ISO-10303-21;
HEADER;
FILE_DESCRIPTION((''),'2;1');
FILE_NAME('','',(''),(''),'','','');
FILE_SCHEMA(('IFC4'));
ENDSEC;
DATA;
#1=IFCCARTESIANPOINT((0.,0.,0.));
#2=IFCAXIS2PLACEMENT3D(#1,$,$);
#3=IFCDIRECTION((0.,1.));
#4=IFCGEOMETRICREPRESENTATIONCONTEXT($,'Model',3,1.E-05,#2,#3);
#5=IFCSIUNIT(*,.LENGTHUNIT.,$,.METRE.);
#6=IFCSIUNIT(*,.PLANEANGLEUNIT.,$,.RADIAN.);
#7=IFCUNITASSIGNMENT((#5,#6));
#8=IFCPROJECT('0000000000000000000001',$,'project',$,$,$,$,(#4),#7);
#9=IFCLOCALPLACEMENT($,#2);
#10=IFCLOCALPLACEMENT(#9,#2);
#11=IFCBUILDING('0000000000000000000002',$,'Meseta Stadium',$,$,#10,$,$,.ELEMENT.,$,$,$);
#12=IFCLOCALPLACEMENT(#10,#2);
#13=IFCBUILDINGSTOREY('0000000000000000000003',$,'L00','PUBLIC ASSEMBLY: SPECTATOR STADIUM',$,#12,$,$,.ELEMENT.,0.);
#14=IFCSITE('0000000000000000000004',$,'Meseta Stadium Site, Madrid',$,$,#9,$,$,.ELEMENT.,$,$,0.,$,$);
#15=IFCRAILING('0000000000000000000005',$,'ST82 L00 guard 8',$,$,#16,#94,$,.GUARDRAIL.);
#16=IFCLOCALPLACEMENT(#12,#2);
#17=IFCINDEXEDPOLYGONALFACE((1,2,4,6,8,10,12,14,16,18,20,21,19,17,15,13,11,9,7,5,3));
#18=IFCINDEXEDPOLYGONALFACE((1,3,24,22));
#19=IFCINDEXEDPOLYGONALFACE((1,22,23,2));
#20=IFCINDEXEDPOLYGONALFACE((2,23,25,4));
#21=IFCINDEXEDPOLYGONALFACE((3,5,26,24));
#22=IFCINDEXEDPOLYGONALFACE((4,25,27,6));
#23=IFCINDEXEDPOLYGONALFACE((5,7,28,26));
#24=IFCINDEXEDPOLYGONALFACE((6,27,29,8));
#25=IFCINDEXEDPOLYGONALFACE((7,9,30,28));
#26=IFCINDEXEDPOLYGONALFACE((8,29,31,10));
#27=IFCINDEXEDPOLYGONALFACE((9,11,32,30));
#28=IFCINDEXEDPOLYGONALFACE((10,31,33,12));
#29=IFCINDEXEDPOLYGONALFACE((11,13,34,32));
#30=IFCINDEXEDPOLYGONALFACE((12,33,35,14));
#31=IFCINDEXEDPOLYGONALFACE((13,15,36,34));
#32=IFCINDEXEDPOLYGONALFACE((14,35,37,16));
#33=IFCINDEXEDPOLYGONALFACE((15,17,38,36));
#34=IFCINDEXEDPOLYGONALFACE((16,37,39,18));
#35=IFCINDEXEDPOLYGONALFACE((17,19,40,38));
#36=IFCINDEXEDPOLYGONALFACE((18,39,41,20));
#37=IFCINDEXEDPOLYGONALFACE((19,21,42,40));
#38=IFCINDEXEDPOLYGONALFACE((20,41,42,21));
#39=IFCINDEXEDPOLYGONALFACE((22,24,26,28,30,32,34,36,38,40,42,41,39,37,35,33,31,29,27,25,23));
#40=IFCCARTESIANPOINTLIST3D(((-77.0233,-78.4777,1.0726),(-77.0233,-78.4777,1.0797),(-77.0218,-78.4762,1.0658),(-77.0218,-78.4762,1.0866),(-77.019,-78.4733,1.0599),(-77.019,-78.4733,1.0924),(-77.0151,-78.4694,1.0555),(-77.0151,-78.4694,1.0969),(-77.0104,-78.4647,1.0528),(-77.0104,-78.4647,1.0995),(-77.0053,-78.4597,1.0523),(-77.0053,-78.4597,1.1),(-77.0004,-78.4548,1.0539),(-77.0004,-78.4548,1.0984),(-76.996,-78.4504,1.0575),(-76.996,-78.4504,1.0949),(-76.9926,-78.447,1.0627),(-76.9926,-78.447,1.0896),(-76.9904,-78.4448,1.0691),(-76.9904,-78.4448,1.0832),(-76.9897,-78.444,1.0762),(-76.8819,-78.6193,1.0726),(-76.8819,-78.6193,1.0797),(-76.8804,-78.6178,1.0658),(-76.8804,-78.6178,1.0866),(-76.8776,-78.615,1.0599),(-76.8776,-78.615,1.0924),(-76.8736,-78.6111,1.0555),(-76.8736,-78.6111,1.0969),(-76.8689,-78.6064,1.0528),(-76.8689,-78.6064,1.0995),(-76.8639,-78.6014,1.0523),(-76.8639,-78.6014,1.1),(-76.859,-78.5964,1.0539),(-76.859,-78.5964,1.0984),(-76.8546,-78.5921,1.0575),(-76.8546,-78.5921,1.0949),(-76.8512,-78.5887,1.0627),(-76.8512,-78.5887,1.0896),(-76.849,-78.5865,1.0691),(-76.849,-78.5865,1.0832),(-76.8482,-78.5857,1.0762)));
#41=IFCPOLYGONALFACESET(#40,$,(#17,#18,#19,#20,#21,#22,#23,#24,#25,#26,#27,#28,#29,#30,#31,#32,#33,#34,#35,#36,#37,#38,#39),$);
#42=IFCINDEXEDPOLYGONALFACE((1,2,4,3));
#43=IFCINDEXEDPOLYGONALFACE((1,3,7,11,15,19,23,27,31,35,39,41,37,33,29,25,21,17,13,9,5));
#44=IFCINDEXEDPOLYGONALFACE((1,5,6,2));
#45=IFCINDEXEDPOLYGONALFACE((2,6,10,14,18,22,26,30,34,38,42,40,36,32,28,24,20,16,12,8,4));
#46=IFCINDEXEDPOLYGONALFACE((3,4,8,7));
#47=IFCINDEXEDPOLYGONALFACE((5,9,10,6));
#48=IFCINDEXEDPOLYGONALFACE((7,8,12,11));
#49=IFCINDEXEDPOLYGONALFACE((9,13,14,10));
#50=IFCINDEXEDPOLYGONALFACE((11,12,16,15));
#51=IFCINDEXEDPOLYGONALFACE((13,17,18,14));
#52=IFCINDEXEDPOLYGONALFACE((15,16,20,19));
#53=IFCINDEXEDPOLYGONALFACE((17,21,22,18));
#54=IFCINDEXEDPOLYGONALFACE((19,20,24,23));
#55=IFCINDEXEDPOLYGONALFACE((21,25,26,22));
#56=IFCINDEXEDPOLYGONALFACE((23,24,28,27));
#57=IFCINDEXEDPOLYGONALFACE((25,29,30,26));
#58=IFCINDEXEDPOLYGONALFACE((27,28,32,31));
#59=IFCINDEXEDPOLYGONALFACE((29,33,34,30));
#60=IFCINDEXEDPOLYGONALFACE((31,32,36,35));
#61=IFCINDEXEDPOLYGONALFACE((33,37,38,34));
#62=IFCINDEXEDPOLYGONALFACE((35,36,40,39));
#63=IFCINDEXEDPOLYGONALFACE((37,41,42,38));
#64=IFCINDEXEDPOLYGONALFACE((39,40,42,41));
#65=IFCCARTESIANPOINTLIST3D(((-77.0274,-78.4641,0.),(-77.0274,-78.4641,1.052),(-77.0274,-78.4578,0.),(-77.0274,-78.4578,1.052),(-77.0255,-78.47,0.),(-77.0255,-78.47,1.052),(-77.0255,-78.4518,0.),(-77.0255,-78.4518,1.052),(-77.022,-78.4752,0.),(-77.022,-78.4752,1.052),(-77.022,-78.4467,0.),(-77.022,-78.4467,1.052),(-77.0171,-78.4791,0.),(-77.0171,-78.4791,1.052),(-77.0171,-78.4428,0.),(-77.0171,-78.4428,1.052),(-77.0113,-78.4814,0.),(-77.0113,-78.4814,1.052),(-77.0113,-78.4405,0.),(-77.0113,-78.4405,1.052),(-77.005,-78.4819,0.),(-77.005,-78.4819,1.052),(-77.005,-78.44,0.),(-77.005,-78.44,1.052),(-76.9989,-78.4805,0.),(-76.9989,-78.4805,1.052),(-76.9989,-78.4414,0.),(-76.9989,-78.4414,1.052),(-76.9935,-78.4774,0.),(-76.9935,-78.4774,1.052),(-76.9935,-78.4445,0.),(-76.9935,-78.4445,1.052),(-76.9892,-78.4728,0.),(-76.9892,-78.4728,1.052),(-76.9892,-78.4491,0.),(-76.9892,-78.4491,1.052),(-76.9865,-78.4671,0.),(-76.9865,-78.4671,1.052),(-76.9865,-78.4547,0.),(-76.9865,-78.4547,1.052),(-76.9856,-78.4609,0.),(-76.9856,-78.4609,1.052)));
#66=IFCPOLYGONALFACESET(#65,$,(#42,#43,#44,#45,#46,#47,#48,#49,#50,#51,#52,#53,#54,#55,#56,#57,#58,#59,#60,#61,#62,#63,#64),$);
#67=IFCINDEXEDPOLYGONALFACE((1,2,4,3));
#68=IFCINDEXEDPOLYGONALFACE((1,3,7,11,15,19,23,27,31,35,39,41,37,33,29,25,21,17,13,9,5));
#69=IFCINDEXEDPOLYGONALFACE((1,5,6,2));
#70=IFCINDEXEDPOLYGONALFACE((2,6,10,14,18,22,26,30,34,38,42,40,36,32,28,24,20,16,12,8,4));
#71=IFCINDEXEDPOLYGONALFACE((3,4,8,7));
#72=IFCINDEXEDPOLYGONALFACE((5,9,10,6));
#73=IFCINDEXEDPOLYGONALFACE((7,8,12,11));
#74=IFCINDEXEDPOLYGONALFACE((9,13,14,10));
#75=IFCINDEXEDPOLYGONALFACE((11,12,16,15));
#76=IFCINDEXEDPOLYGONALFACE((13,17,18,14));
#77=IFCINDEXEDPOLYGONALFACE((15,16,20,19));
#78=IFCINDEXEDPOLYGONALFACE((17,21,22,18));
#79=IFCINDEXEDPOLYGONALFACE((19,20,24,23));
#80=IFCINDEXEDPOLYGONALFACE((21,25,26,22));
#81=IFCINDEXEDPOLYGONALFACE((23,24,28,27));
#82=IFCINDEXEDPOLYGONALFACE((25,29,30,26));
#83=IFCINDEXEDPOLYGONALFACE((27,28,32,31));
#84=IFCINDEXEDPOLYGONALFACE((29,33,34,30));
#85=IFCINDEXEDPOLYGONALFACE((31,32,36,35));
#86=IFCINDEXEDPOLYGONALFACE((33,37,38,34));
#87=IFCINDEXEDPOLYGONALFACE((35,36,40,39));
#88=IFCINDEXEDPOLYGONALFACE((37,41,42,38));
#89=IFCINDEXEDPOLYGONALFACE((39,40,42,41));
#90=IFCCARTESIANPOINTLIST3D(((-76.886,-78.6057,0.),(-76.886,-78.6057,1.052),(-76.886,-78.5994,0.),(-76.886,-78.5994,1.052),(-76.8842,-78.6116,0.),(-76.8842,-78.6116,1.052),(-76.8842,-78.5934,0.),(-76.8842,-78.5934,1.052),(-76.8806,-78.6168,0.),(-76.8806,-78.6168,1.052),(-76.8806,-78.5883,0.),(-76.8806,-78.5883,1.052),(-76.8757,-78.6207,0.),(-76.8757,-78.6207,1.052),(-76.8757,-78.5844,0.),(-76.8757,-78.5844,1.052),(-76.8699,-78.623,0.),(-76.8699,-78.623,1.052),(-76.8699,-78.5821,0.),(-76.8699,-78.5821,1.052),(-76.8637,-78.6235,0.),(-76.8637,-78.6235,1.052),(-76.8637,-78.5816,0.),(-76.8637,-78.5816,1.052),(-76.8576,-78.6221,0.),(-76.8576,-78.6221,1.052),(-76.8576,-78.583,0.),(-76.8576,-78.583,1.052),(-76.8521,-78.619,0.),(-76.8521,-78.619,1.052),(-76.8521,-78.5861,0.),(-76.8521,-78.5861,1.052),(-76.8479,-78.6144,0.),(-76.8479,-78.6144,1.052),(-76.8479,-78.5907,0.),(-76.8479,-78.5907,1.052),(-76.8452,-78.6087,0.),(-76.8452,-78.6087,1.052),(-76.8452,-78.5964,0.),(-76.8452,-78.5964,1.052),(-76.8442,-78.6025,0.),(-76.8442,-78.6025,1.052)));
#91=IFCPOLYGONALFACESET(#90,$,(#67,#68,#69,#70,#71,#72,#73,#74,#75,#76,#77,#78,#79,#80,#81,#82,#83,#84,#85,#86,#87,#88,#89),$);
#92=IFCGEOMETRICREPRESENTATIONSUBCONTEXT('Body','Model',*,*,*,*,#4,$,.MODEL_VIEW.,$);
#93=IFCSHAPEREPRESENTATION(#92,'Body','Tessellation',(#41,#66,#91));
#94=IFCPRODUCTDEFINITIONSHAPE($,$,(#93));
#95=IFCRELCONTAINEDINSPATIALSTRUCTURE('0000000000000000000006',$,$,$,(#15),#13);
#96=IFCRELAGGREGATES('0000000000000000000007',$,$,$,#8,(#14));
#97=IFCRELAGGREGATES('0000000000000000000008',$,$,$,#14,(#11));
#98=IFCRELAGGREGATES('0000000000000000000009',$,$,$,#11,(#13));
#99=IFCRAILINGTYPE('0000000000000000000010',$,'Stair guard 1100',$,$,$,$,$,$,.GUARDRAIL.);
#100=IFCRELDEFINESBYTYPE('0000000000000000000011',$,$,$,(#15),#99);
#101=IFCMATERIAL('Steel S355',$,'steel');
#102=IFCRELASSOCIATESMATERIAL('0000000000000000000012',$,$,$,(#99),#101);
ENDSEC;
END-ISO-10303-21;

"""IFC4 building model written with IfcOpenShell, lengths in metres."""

from ifc_helpers import new_model, si_unit, direction, frame, origin, origin_2d, place, context, subcontext, project, spatial, circle, extrude, material, type_object, element, save


model = new_model("IFC4")

# Units and contexts
model_context = context("Model", 3, precision=1e-05, world=origin(), true_north=direction((0.0, 1.0)))
body_context = subcontext(model_context, "Body", "Model", "MODEL_VIEW")
ifc_project = project(units=[si_unit("LENGTHUNIT", "METRE"), si_unit("PLANEANGLEUNIT", "RADIAN")], contexts=[model_context])

# Site, building, storey
site_placement = place(None, origin())
site = spatial("IfcSite", under=ifc_project, at=site_placement, Name="Meseta Stadium Site, Madrid", CompositionType="ELEMENT", RefElevation=0.0)
building_placement = place(site_placement, origin())
building = spatial("IfcBuilding", under=site, at=building_placement, Name="Meseta Stadium", CompositionType="ELEMENT")
storey_placement = place(building_placement, origin())
storey = spatial("IfcBuildingStorey", under=building, at=storey_placement, Name="L00", Description="PUBLIC ASSEMBLY: SPECTATOR STADIUM", CompositionType="ELEMENT", Elevation=0.0)

# Railing
ifc_material_1 = material(Name="Steel S355", Category="steel")
railing_type_1 = type_object("IfcRailingType", Name="Stair guard 1100", PredefinedType="GUARDRAIL", material=ifc_material_1)
railing_1_placement = place(storey_placement, frame((-77.0066, -78.4609, 0.0)))
element("IfcRailing", 1, at=railing_1_placement, inside=storey, type_object=railing_type_1, Name="ST82 L00 guard 8", PredefinedType="GUARDRAIL", context=body_context, shape_type="SweptSolid", body=[
    extrude(circle(Radius=0.0239, at=origin_2d()), frame((0.0, 0.0, 1.0762), z_axis=(0.706496, -0.707717, 0.0), x_axis=(0.707717, 0.706496, 0.0)), (0.0, 0.0, 1.0), 0.2002),
    extrude(circle(Radius=0.021, at=origin_2d()), origin(), (0.0, 0.0, 1.0), 1.052),
    extrude(circle(Radius=0.021, at=origin_2d()), frame((0.1414, -0.1416, 0.0)), (0.0, 0.0, 1.0), 1.052),
])

save(model, "model.ifc")
